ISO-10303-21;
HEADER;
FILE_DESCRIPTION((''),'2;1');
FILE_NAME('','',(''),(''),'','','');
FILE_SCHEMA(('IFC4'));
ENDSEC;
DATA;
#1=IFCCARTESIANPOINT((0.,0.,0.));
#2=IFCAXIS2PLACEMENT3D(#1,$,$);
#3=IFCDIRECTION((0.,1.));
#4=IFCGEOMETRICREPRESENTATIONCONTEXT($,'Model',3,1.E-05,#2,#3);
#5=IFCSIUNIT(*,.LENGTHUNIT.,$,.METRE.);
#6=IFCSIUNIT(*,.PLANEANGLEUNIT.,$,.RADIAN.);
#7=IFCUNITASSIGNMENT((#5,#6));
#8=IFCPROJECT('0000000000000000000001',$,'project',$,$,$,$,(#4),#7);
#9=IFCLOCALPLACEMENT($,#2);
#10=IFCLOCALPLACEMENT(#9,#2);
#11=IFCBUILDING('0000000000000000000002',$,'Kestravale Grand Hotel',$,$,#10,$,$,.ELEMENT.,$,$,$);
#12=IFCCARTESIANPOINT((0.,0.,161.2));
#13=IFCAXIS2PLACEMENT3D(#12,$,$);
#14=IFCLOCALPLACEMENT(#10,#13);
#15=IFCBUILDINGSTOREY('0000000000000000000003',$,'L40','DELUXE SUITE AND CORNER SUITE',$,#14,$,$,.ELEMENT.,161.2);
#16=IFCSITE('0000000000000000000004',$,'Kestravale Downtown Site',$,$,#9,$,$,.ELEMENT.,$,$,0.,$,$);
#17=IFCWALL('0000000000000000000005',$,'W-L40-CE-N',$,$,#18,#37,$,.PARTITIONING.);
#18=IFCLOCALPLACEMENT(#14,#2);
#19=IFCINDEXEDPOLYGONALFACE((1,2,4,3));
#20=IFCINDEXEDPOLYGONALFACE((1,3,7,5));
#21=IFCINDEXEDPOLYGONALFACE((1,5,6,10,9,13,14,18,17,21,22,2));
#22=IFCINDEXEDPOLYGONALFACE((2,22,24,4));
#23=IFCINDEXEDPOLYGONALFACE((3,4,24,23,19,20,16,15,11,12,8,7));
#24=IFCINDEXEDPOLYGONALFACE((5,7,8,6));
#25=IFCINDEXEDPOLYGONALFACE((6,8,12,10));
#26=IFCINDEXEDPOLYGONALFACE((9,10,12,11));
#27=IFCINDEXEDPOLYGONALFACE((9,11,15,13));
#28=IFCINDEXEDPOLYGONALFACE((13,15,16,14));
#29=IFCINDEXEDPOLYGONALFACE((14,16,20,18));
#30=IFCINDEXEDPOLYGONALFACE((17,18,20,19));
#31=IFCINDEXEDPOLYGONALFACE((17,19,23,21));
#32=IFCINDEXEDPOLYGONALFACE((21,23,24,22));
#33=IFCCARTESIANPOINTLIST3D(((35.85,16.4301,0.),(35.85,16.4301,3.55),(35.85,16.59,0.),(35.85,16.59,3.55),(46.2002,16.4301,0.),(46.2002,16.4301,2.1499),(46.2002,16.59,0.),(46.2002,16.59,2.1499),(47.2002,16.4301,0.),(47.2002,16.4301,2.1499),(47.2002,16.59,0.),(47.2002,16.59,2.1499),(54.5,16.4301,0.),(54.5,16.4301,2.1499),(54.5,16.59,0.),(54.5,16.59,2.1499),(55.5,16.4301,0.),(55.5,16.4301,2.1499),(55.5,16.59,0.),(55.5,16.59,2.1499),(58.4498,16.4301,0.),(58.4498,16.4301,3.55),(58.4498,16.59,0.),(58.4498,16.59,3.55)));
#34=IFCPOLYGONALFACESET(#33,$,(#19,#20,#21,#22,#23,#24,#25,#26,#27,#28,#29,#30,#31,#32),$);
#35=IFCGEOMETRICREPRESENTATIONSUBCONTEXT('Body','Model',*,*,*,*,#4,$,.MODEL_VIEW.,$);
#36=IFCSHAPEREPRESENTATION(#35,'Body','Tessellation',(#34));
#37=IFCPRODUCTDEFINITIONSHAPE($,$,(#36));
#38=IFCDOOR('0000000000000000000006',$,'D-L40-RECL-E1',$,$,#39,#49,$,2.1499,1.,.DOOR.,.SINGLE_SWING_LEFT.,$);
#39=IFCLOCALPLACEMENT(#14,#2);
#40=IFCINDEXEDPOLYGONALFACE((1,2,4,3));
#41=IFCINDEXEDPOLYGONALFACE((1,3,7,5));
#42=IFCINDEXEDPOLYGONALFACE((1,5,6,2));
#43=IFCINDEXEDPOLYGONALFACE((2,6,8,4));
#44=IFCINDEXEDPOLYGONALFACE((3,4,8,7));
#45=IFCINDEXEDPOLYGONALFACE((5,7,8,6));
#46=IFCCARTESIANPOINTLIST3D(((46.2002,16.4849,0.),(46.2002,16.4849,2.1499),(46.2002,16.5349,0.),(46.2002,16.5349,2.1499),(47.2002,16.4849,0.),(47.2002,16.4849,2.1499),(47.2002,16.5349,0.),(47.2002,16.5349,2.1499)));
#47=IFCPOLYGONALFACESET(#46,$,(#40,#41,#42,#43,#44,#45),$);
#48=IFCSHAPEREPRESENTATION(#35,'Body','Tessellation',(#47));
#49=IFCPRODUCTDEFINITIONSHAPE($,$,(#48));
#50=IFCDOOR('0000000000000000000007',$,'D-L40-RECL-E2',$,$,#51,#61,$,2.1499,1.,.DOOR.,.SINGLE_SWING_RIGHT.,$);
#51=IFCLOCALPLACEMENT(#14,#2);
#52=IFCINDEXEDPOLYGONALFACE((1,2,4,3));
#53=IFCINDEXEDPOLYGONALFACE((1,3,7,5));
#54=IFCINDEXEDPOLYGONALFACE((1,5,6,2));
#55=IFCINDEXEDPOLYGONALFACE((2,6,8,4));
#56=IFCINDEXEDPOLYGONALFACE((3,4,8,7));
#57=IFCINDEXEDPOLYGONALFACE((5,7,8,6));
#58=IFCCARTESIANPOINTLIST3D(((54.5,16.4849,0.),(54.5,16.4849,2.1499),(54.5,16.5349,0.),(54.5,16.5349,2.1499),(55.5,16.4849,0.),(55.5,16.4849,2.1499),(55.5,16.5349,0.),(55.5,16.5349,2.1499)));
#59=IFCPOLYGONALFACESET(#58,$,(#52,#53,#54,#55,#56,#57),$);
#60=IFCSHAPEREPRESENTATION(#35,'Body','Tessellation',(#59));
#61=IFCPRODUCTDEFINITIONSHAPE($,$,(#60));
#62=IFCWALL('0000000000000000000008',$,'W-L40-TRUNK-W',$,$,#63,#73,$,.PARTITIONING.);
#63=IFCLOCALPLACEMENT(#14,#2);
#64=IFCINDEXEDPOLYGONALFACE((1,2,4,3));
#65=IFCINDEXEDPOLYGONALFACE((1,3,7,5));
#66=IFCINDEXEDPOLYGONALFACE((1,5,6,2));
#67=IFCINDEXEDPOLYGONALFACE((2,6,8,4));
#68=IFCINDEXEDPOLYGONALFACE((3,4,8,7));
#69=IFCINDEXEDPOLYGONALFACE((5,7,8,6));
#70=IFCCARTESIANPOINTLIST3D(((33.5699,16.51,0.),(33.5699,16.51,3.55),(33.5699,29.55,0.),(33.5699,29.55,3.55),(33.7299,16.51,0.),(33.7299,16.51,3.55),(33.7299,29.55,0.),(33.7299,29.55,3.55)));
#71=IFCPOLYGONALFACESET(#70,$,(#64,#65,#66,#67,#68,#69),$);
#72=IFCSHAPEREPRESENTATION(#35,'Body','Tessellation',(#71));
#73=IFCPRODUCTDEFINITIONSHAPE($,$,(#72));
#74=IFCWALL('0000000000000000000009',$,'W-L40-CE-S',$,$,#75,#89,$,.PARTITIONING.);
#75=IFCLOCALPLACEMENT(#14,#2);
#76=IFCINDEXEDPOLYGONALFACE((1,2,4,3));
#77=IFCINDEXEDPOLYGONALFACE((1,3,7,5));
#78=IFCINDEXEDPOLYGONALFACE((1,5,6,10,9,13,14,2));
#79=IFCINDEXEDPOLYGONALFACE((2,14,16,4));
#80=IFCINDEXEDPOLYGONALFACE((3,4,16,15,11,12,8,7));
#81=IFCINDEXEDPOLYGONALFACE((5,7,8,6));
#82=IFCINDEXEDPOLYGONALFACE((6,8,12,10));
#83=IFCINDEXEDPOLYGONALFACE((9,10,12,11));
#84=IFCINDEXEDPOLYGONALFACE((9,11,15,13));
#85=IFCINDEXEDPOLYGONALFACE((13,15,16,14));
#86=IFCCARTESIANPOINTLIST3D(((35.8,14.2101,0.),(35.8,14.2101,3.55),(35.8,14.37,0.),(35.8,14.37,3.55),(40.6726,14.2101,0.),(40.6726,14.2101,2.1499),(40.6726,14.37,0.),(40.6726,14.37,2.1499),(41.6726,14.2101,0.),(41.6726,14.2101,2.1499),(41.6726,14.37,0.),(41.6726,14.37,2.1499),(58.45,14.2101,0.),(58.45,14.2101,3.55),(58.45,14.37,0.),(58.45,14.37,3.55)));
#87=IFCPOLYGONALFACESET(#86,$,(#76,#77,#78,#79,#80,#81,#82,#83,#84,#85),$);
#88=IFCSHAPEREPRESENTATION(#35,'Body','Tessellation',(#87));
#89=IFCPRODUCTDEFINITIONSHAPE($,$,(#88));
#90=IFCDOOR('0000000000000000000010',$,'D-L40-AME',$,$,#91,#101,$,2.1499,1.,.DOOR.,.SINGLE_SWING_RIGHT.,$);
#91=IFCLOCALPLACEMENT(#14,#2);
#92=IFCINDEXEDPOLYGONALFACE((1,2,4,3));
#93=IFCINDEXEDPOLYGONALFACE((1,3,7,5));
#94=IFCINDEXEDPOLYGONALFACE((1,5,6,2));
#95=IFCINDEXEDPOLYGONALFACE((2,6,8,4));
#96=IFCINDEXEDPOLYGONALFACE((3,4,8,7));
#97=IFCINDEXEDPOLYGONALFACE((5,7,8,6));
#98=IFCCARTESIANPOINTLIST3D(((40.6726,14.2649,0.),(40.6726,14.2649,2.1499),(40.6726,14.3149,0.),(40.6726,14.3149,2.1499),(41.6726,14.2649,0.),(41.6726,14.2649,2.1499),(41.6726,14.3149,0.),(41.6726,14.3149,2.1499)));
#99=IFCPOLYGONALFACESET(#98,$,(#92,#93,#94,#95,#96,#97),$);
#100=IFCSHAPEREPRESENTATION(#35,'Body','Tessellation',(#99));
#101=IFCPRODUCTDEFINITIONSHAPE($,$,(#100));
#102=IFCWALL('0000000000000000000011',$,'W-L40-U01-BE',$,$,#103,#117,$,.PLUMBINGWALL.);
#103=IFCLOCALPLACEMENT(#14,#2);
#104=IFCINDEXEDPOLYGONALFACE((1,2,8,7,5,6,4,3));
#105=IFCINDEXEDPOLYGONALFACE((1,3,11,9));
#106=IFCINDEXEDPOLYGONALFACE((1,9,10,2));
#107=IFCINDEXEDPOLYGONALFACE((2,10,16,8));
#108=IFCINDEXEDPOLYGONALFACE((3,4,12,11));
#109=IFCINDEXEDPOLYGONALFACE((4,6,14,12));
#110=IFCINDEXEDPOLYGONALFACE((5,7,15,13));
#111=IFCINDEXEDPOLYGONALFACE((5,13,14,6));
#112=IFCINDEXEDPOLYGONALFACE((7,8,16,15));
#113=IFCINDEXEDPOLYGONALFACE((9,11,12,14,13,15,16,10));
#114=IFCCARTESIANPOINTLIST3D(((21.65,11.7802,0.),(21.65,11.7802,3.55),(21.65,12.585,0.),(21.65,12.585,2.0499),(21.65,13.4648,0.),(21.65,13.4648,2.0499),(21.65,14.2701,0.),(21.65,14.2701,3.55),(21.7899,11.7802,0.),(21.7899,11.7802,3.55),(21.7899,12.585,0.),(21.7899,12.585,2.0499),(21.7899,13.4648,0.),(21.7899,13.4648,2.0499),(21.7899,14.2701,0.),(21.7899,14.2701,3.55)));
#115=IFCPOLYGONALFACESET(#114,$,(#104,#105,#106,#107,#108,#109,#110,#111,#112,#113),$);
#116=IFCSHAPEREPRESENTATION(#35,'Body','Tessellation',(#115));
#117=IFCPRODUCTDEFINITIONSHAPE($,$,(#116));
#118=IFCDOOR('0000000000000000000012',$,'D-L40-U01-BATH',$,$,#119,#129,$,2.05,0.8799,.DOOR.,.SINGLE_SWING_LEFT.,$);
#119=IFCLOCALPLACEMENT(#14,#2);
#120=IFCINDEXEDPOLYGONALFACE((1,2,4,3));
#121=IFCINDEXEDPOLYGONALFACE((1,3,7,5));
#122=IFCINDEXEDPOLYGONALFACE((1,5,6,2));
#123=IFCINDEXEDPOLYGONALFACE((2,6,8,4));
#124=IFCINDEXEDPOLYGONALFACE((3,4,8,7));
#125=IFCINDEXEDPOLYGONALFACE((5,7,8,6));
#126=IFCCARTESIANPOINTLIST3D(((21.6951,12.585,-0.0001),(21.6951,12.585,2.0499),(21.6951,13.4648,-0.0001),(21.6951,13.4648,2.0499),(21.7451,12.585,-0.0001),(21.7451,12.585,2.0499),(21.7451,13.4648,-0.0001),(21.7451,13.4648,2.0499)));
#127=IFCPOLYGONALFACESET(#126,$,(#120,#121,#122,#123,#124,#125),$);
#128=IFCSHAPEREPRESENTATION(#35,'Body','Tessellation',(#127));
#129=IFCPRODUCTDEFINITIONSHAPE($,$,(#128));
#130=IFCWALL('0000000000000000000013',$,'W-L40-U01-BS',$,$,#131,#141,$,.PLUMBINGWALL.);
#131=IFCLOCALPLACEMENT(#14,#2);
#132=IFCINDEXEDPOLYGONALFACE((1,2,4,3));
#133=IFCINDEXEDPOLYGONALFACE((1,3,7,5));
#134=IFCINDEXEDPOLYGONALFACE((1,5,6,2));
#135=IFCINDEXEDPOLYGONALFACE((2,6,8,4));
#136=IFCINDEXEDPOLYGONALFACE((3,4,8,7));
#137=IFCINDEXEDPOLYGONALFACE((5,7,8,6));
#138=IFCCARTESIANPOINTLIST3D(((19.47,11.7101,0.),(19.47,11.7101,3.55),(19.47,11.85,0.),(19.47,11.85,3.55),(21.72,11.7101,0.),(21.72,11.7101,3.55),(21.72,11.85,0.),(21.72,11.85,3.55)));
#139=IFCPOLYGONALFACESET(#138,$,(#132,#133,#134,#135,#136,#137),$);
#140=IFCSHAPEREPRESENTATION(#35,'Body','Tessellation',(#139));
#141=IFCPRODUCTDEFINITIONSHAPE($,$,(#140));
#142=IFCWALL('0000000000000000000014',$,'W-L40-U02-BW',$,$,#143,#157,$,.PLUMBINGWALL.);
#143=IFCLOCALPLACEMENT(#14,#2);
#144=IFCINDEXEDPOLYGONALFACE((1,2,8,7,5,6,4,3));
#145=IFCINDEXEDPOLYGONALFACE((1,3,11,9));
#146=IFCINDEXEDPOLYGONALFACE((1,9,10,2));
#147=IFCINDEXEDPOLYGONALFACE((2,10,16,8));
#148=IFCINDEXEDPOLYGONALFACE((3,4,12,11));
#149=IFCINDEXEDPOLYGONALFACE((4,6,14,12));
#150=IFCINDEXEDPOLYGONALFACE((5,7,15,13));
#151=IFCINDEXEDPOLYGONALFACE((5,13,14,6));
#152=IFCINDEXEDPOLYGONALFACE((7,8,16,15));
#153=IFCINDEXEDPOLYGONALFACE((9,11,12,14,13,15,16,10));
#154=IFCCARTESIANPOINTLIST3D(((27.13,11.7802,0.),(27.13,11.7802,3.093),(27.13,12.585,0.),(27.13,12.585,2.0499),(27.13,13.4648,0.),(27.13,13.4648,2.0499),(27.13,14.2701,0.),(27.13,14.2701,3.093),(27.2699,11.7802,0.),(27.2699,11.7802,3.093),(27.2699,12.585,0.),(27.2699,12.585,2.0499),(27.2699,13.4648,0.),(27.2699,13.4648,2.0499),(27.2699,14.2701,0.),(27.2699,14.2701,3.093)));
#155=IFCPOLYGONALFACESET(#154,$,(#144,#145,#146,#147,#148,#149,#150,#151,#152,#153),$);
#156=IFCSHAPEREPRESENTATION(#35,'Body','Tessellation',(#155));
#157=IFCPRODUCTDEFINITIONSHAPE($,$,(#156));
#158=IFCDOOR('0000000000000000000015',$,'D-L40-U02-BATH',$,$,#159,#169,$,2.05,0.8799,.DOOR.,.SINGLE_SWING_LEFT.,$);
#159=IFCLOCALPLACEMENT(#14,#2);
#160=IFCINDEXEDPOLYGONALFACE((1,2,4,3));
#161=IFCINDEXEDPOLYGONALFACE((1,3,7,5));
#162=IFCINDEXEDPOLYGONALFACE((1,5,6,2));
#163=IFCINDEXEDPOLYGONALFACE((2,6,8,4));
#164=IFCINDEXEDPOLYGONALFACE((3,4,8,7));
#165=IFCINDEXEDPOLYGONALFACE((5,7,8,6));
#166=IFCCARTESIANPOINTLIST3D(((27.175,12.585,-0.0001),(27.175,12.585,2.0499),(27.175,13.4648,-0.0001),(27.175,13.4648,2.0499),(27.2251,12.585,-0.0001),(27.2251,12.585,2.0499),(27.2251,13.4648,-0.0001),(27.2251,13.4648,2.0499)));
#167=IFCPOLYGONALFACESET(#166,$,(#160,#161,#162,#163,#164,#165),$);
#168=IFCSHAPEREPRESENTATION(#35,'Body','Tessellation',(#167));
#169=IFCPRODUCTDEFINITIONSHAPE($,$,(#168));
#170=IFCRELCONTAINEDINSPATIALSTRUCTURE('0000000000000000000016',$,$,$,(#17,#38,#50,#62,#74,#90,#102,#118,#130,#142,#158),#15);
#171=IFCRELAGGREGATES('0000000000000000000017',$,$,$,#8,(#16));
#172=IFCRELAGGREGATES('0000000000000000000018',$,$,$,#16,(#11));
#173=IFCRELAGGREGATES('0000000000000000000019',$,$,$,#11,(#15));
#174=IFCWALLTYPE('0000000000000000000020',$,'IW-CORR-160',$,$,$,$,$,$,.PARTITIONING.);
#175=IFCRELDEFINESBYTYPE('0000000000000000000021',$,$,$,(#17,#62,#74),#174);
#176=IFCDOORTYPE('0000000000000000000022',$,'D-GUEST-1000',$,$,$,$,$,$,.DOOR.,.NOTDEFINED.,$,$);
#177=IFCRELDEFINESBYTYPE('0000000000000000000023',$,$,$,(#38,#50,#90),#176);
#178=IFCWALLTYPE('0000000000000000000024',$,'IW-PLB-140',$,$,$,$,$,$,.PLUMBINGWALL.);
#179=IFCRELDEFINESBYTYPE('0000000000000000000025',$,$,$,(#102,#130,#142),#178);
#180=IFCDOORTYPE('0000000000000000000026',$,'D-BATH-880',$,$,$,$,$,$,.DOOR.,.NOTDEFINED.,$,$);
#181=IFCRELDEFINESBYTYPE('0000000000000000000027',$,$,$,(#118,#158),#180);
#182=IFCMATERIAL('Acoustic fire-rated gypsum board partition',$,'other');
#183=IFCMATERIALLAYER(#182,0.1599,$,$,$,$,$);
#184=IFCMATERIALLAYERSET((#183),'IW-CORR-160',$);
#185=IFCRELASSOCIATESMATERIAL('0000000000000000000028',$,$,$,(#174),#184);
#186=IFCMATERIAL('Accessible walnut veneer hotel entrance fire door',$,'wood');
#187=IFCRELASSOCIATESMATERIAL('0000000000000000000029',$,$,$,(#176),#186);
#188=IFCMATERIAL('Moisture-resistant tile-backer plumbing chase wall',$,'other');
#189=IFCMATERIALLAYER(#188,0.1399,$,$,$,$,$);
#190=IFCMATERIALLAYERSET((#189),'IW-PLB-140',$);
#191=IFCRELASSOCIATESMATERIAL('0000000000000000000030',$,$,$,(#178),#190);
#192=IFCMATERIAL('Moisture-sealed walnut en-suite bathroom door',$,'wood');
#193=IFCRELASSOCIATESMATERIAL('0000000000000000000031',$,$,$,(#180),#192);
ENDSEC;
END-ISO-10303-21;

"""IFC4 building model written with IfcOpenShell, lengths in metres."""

from ifc_helpers import new_model, si_unit, direction, frame, frame_2d, origin, place, context, subcontext, project, spatial, rectangle, extrude, material, layer, layer_set, type_object, element, fill, save


model = new_model("IFC4")

# Units and contexts
model_context = context("Model", 3, precision=1e-05, world=origin(), true_north=direction((0.0, 1.0)))
body_context = subcontext(model_context, "Body", "Model", "MODEL_VIEW")
ifc_project = project(units=[si_unit("LENGTHUNIT", "METRE"), si_unit("PLANEANGLEUNIT", "RADIAN")], contexts=[model_context])

# Site, building, storey
site_placement = place(None, origin())
site = spatial("IfcSite", under=ifc_project, at=site_placement, Name="Kestravale Downtown Site", CompositionType="ELEMENT", RefElevation=0.0)
building_placement = place(site_placement, origin())
building = spatial("IfcBuilding", under=site, at=building_placement, Name="Kestravale Grand Hotel", CompositionType="ELEMENT")
storey_placement = place(building_placement, frame((0.0, 0.0, 161.2)))
storey = spatial("IfcBuildingStorey", under=building, at=storey_placement, Name="L40", Description="DELUXE SUITE AND CORNER SUITE", CompositionType="ELEMENT", Elevation=161.2)

# Wall, openings, doors
ifc_material_1 = material(Name="Acoustic fire-rated gypsum board partition", Category="other")
ifc_layer_1 = layer(ifc_material_1, 0.1599)
ifc_layer_set_1 = layer_set([ifc_layer_1], Name="IW-CORR-160")
wall_type_1 = type_object("IfcWallType", Name="IW-CORR-160", PredefinedType="PARTITIONING", material=ifc_layer_set_1)
wall_1_placement = place(storey_placement, frame((35.8501, 16.51, 0.0), z_axis=(0.0, 0.0, 1.0), x_axis=(1.0, 0.0, 0.0)))
wall_1 = element("IfcWall", 1, at=wall_1_placement, inside=storey, type_object=wall_type_1, Name="W-L40-CE-N", PredefinedType="PARTITIONING", context=body_context, shape_type="SweptSolid", body=[
    extrude(rectangle(XDim=22.5999, YDim=0.1599, at=frame_2d((11.2998, 0.0))), origin(), (0.0, 0.0, 1.0), 3.55),
])
opening_1_placement = place(wall_1_placement, frame((10.3501, 0.0, 0.0)))
opening_1 = element("IfcOpeningElement", 2, at=opening_1_placement, cuts=wall_1, PredefinedType="OPENING", context=body_context, shape_type="SweptSolid", body=[
    extrude(rectangle(XDim=1.0, YDim=2.1499, at=frame_2d((0.5, 1.075))), frame((0.0, 0.0898, 0.0), z_axis=(0.0, -1.0, 0.0), x_axis=(1.0, 0.0, 0.0)), (0.0, 0.0, 1.0), 0.1799),
])
opening_2_placement = place(wall_1_placement, frame((18.6499, 0.0, 0.0)))
opening_2 = element("IfcOpeningElement", 3, at=opening_2_placement, cuts=wall_1, PredefinedType="OPENING", context=body_context, shape_type="SweptSolid", body=[
    extrude(rectangle(XDim=1.0, YDim=2.1499, at=frame_2d((0.5, 1.075))), frame((0.0, 0.0898, 0.0), z_axis=(0.0, -1.0, 0.0), x_axis=(1.0, 0.0, 0.0)), (0.0, 0.0, 1.0), 0.1799),
])
ifc_material_2 = material(Name="Accessible walnut veneer hotel entrance fire door", Category="wood")
door_type_1 = type_object("IfcDoorType", Name="D-GUEST-1000", OperationType="NOTDEFINED", PredefinedType="DOOR", material=ifc_material_2)
door_1_placement = place(opening_1_placement, origin())
door_1 = element("IfcDoor", 4, at=door_1_placement, inside=storey, type_object=door_type_1, Name="D-L40-RECL-E1", OperationType="SINGLE_SWING_LEFT", OverallHeight=2.1499, OverallWidth=1.0, PredefinedType="DOOR", context=body_context, shape_type="SweptSolid", body=[
    extrude(rectangle(XDim=1.0, YDim=2.1499, at=frame_2d((0.5, 1.075))), frame((0.0, 0.0249, 0.0), z_axis=(0.0, -1.0, 0.0), x_axis=(1.0, 0.0, 0.0)), (0.0, 0.0, 1.0), 0.05),
])
fill(opening_1, door_1)
door_2_placement = place(opening_2_placement, origin())
door_2 = element("IfcDoor", 5, at=door_2_placement, inside=storey, type_object=door_type_1, Name="D-L40-RECL-E2", OperationType="SINGLE_SWING_RIGHT", OverallHeight=2.1499, OverallWidth=1.0, PredefinedType="DOOR", context=body_context, shape_type="SweptSolid", body=[
    extrude(rectangle(XDim=1.0, YDim=2.1499, at=frame_2d((0.5, 1.075))), frame((0.0, 0.0249, 0.0), z_axis=(0.0, -1.0, 0.0), x_axis=(1.0, 0.0, 0.0)), (0.0, 0.0, 1.0), 0.05),
])
fill(opening_2, door_2)

# Wall
wall_2_placement = place(storey_placement, frame((33.6499, 16.51, 0.0), z_axis=(0.0, 0.0, 1.0), x_axis=(0.0, 1.0, 0.0)))
element("IfcWall", 6, at=wall_2_placement, inside=storey, type_object=wall_type_1, Name="W-L40-TRUNK-W", PredefinedType="PARTITIONING", context=body_context, shape_type="SweptSolid", body=[
    extrude(rectangle(XDim=13.04, YDim=0.1599, at=frame_2d((6.52, 0.0))), origin(), (0.0, 0.0, 1.0), 3.55),
])

# Walls, openings, doors
wall_3_placement = place(storey_placement, frame((35.8, 14.29, 0.0), z_axis=(0.0, 0.0, 1.0), x_axis=(1.0, 0.0, 0.0)))
wall_3 = element("IfcWall", 7, at=wall_3_placement, inside=storey, type_object=wall_type_1, Name="W-L40-CE-S", PredefinedType="PARTITIONING", context=body_context, shape_type="SweptSolid", body=[
    extrude(rectangle(XDim=22.6499, YDim=0.1599, at=frame_2d((11.325, 0.0))), origin(), (0.0, 0.0, 1.0), 3.55),
])
opening_3_placement = place(wall_3_placement, frame((4.8726, 0.0, 0.0)))
opening_3 = element("IfcOpeningElement", 8, at=opening_3_placement, cuts=wall_3, PredefinedType="OPENING", context=body_context, shape_type="SweptSolid", body=[
    extrude(rectangle(XDim=1.0, YDim=2.1499, at=frame_2d((0.5, 1.075))), frame((0.0, 0.0898, 0.0), z_axis=(0.0, -1.0, 0.0), x_axis=(1.0, 0.0, 0.0)), (0.0, 0.0, 1.0), 0.1799),
])
door_3_placement = place(opening_3_placement, origin())
door_3 = element("IfcDoor", 9, at=door_3_placement, inside=storey, type_object=door_type_1, Name="D-L40-AME", OperationType="SINGLE_SWING_RIGHT", OverallHeight=2.1499, OverallWidth=1.0, PredefinedType="DOOR", context=body_context, shape_type="SweptSolid", body=[
    extrude(rectangle(XDim=1.0, YDim=2.1499, at=frame_2d((0.5, 1.075))), frame((0.0, 0.0249, 0.0), z_axis=(0.0, -1.0, 0.0), x_axis=(1.0, 0.0, 0.0)), (0.0, 0.0, 1.0), 0.05),
])
fill(opening_3, door_3)
ifc_material_3 = material(Name="Moisture-resistant tile-backer plumbing chase wall", Category="other")
ifc_layer_2 = layer(ifc_material_3, 0.1399)
ifc_layer_set_2 = layer_set([ifc_layer_2], Name="IW-PLB-140")
wall_type_2 = type_object("IfcWallType", Name="IW-PLB-140", PredefinedType="PLUMBINGWALL", material=ifc_layer_set_2)
wall_4_placement = place(storey_placement, frame((21.72, 11.78, 0.0), z_axis=(0.0, 0.0, 1.0), x_axis=(0.0, 1.0, 0.0)))
wall_4 = element("IfcWall", 10, at=wall_4_placement, inside=storey, type_object=wall_type_2, Name="W-L40-U01-BE", PredefinedType="PLUMBINGWALL", context=body_context, shape_type="SweptSolid", body=[
    extrude(rectangle(XDim=2.49, YDim=0.1399, at=frame_2d((1.2451, 0.0))), origin(), (0.0, 0.0, 1.0), 3.55),
])
opening_4_placement = place(wall_4_placement, frame((0.8049, 0.0, 0.0)))
opening_4 = element("IfcOpeningElement", 11, at=opening_4_placement, cuts=wall_4, PredefinedType="OPENING", context=body_context, shape_type="SweptSolid", body=[
    extrude(rectangle(XDim=0.8799, YDim=2.05, at=frame_2d((0.4399, 1.0249))), frame((0.0, 0.0798, 0.0), z_axis=(0.0, -1.0, 0.0), x_axis=(1.0, 0.0, 0.0)), (0.0, 0.0, 1.0), 0.1599),
])
ifc_material_4 = material(Name="Moisture-sealed walnut en-suite bathroom door", Category="wood")
door_type_2 = type_object("IfcDoorType", Name="D-BATH-880", OperationType="NOTDEFINED", PredefinedType="DOOR", material=ifc_material_4)
door_4_placement = place(opening_4_placement, origin())
door_4 = element("IfcDoor", 12, at=door_4_placement, inside=storey, type_object=door_type_2, Name="D-L40-U01-BATH", OperationType="SINGLE_SWING_LEFT", OverallHeight=2.05, OverallWidth=0.8799, PredefinedType="DOOR", context=body_context, shape_type="SweptSolid", body=[
    extrude(rectangle(XDim=0.8799, YDim=2.05, at=frame_2d((0.4399, 1.0249))), frame((0.0, 0.0249, 0.0), z_axis=(0.0, -1.0, 0.0), x_axis=(1.0, 0.0, 0.0)), (0.0, 0.0, 1.0), 0.05),
])
fill(opening_4, door_4)

# Wall
wall_5_placement = place(storey_placement, frame((19.47, 11.78, 0.0), z_axis=(0.0, 0.0, 1.0), x_axis=(1.0, 0.0, 0.0)))
element("IfcWall", 13, at=wall_5_placement, inside=storey, type_object=wall_type_2, Name="W-L40-U01-BS", PredefinedType="PLUMBINGWALL", context=body_context, shape_type="SweptSolid", body=[
    extrude(rectangle(XDim=2.25, YDim=0.1399, at=frame_2d((1.125, 0.0))), origin(), (0.0, 0.0, 1.0), 3.55),
])

# Wall, opening, door
wall_6_placement = place(storey_placement, frame((27.2, 11.78, 0.0), z_axis=(0.0, 0.0, 1.0), x_axis=(0.0, 1.0, 0.0)))
wall_6 = element("IfcWall", 14, at=wall_6_placement, inside=storey, type_object=wall_type_2, Name="W-L40-U02-BW", PredefinedType="PLUMBINGWALL", context=body_context, shape_type="SweptSolid", body=[
    extrude(rectangle(XDim=2.49, YDim=0.1399, at=frame_2d((1.2451, 0.0))), origin(), (0.0, 0.0, 1.0), 3.093),
])
opening_5_placement = place(wall_6_placement, frame((0.8049, 0.0, 0.0)))
opening_5 = element("IfcOpeningElement", 15, at=opening_5_placement, cuts=wall_6, PredefinedType="OPENING", context=body_context, shape_type="SweptSolid", body=[
    extrude(rectangle(XDim=0.8799, YDim=2.05, at=frame_2d((0.4399, 1.0249))), frame((0.0, 0.0798, 0.0), z_axis=(0.0, -1.0, 0.0), x_axis=(1.0, 0.0, 0.0)), (0.0, 0.0, 1.0), 0.1599),
])
door_5_placement = place(opening_5_placement, origin())
door_5 = element("IfcDoor", 16, at=door_5_placement, inside=storey, type_object=door_type_2, Name="D-L40-U02-BATH", OperationType="SINGLE_SWING_LEFT", OverallHeight=2.05, OverallWidth=0.8799, PredefinedType="DOOR", context=body_context, shape_type="SweptSolid", body=[
    extrude(rectangle(XDim=0.8799, YDim=2.05, at=frame_2d((0.4399, 1.0249))), frame((0.0, 0.0249, 0.0), z_axis=(0.0, -1.0, 0.0), x_axis=(1.0, 0.0, 0.0)), (0.0, 0.0, 1.0), 0.05),
])
fill(opening_5, door_5)

save(model, "model.ifc")
